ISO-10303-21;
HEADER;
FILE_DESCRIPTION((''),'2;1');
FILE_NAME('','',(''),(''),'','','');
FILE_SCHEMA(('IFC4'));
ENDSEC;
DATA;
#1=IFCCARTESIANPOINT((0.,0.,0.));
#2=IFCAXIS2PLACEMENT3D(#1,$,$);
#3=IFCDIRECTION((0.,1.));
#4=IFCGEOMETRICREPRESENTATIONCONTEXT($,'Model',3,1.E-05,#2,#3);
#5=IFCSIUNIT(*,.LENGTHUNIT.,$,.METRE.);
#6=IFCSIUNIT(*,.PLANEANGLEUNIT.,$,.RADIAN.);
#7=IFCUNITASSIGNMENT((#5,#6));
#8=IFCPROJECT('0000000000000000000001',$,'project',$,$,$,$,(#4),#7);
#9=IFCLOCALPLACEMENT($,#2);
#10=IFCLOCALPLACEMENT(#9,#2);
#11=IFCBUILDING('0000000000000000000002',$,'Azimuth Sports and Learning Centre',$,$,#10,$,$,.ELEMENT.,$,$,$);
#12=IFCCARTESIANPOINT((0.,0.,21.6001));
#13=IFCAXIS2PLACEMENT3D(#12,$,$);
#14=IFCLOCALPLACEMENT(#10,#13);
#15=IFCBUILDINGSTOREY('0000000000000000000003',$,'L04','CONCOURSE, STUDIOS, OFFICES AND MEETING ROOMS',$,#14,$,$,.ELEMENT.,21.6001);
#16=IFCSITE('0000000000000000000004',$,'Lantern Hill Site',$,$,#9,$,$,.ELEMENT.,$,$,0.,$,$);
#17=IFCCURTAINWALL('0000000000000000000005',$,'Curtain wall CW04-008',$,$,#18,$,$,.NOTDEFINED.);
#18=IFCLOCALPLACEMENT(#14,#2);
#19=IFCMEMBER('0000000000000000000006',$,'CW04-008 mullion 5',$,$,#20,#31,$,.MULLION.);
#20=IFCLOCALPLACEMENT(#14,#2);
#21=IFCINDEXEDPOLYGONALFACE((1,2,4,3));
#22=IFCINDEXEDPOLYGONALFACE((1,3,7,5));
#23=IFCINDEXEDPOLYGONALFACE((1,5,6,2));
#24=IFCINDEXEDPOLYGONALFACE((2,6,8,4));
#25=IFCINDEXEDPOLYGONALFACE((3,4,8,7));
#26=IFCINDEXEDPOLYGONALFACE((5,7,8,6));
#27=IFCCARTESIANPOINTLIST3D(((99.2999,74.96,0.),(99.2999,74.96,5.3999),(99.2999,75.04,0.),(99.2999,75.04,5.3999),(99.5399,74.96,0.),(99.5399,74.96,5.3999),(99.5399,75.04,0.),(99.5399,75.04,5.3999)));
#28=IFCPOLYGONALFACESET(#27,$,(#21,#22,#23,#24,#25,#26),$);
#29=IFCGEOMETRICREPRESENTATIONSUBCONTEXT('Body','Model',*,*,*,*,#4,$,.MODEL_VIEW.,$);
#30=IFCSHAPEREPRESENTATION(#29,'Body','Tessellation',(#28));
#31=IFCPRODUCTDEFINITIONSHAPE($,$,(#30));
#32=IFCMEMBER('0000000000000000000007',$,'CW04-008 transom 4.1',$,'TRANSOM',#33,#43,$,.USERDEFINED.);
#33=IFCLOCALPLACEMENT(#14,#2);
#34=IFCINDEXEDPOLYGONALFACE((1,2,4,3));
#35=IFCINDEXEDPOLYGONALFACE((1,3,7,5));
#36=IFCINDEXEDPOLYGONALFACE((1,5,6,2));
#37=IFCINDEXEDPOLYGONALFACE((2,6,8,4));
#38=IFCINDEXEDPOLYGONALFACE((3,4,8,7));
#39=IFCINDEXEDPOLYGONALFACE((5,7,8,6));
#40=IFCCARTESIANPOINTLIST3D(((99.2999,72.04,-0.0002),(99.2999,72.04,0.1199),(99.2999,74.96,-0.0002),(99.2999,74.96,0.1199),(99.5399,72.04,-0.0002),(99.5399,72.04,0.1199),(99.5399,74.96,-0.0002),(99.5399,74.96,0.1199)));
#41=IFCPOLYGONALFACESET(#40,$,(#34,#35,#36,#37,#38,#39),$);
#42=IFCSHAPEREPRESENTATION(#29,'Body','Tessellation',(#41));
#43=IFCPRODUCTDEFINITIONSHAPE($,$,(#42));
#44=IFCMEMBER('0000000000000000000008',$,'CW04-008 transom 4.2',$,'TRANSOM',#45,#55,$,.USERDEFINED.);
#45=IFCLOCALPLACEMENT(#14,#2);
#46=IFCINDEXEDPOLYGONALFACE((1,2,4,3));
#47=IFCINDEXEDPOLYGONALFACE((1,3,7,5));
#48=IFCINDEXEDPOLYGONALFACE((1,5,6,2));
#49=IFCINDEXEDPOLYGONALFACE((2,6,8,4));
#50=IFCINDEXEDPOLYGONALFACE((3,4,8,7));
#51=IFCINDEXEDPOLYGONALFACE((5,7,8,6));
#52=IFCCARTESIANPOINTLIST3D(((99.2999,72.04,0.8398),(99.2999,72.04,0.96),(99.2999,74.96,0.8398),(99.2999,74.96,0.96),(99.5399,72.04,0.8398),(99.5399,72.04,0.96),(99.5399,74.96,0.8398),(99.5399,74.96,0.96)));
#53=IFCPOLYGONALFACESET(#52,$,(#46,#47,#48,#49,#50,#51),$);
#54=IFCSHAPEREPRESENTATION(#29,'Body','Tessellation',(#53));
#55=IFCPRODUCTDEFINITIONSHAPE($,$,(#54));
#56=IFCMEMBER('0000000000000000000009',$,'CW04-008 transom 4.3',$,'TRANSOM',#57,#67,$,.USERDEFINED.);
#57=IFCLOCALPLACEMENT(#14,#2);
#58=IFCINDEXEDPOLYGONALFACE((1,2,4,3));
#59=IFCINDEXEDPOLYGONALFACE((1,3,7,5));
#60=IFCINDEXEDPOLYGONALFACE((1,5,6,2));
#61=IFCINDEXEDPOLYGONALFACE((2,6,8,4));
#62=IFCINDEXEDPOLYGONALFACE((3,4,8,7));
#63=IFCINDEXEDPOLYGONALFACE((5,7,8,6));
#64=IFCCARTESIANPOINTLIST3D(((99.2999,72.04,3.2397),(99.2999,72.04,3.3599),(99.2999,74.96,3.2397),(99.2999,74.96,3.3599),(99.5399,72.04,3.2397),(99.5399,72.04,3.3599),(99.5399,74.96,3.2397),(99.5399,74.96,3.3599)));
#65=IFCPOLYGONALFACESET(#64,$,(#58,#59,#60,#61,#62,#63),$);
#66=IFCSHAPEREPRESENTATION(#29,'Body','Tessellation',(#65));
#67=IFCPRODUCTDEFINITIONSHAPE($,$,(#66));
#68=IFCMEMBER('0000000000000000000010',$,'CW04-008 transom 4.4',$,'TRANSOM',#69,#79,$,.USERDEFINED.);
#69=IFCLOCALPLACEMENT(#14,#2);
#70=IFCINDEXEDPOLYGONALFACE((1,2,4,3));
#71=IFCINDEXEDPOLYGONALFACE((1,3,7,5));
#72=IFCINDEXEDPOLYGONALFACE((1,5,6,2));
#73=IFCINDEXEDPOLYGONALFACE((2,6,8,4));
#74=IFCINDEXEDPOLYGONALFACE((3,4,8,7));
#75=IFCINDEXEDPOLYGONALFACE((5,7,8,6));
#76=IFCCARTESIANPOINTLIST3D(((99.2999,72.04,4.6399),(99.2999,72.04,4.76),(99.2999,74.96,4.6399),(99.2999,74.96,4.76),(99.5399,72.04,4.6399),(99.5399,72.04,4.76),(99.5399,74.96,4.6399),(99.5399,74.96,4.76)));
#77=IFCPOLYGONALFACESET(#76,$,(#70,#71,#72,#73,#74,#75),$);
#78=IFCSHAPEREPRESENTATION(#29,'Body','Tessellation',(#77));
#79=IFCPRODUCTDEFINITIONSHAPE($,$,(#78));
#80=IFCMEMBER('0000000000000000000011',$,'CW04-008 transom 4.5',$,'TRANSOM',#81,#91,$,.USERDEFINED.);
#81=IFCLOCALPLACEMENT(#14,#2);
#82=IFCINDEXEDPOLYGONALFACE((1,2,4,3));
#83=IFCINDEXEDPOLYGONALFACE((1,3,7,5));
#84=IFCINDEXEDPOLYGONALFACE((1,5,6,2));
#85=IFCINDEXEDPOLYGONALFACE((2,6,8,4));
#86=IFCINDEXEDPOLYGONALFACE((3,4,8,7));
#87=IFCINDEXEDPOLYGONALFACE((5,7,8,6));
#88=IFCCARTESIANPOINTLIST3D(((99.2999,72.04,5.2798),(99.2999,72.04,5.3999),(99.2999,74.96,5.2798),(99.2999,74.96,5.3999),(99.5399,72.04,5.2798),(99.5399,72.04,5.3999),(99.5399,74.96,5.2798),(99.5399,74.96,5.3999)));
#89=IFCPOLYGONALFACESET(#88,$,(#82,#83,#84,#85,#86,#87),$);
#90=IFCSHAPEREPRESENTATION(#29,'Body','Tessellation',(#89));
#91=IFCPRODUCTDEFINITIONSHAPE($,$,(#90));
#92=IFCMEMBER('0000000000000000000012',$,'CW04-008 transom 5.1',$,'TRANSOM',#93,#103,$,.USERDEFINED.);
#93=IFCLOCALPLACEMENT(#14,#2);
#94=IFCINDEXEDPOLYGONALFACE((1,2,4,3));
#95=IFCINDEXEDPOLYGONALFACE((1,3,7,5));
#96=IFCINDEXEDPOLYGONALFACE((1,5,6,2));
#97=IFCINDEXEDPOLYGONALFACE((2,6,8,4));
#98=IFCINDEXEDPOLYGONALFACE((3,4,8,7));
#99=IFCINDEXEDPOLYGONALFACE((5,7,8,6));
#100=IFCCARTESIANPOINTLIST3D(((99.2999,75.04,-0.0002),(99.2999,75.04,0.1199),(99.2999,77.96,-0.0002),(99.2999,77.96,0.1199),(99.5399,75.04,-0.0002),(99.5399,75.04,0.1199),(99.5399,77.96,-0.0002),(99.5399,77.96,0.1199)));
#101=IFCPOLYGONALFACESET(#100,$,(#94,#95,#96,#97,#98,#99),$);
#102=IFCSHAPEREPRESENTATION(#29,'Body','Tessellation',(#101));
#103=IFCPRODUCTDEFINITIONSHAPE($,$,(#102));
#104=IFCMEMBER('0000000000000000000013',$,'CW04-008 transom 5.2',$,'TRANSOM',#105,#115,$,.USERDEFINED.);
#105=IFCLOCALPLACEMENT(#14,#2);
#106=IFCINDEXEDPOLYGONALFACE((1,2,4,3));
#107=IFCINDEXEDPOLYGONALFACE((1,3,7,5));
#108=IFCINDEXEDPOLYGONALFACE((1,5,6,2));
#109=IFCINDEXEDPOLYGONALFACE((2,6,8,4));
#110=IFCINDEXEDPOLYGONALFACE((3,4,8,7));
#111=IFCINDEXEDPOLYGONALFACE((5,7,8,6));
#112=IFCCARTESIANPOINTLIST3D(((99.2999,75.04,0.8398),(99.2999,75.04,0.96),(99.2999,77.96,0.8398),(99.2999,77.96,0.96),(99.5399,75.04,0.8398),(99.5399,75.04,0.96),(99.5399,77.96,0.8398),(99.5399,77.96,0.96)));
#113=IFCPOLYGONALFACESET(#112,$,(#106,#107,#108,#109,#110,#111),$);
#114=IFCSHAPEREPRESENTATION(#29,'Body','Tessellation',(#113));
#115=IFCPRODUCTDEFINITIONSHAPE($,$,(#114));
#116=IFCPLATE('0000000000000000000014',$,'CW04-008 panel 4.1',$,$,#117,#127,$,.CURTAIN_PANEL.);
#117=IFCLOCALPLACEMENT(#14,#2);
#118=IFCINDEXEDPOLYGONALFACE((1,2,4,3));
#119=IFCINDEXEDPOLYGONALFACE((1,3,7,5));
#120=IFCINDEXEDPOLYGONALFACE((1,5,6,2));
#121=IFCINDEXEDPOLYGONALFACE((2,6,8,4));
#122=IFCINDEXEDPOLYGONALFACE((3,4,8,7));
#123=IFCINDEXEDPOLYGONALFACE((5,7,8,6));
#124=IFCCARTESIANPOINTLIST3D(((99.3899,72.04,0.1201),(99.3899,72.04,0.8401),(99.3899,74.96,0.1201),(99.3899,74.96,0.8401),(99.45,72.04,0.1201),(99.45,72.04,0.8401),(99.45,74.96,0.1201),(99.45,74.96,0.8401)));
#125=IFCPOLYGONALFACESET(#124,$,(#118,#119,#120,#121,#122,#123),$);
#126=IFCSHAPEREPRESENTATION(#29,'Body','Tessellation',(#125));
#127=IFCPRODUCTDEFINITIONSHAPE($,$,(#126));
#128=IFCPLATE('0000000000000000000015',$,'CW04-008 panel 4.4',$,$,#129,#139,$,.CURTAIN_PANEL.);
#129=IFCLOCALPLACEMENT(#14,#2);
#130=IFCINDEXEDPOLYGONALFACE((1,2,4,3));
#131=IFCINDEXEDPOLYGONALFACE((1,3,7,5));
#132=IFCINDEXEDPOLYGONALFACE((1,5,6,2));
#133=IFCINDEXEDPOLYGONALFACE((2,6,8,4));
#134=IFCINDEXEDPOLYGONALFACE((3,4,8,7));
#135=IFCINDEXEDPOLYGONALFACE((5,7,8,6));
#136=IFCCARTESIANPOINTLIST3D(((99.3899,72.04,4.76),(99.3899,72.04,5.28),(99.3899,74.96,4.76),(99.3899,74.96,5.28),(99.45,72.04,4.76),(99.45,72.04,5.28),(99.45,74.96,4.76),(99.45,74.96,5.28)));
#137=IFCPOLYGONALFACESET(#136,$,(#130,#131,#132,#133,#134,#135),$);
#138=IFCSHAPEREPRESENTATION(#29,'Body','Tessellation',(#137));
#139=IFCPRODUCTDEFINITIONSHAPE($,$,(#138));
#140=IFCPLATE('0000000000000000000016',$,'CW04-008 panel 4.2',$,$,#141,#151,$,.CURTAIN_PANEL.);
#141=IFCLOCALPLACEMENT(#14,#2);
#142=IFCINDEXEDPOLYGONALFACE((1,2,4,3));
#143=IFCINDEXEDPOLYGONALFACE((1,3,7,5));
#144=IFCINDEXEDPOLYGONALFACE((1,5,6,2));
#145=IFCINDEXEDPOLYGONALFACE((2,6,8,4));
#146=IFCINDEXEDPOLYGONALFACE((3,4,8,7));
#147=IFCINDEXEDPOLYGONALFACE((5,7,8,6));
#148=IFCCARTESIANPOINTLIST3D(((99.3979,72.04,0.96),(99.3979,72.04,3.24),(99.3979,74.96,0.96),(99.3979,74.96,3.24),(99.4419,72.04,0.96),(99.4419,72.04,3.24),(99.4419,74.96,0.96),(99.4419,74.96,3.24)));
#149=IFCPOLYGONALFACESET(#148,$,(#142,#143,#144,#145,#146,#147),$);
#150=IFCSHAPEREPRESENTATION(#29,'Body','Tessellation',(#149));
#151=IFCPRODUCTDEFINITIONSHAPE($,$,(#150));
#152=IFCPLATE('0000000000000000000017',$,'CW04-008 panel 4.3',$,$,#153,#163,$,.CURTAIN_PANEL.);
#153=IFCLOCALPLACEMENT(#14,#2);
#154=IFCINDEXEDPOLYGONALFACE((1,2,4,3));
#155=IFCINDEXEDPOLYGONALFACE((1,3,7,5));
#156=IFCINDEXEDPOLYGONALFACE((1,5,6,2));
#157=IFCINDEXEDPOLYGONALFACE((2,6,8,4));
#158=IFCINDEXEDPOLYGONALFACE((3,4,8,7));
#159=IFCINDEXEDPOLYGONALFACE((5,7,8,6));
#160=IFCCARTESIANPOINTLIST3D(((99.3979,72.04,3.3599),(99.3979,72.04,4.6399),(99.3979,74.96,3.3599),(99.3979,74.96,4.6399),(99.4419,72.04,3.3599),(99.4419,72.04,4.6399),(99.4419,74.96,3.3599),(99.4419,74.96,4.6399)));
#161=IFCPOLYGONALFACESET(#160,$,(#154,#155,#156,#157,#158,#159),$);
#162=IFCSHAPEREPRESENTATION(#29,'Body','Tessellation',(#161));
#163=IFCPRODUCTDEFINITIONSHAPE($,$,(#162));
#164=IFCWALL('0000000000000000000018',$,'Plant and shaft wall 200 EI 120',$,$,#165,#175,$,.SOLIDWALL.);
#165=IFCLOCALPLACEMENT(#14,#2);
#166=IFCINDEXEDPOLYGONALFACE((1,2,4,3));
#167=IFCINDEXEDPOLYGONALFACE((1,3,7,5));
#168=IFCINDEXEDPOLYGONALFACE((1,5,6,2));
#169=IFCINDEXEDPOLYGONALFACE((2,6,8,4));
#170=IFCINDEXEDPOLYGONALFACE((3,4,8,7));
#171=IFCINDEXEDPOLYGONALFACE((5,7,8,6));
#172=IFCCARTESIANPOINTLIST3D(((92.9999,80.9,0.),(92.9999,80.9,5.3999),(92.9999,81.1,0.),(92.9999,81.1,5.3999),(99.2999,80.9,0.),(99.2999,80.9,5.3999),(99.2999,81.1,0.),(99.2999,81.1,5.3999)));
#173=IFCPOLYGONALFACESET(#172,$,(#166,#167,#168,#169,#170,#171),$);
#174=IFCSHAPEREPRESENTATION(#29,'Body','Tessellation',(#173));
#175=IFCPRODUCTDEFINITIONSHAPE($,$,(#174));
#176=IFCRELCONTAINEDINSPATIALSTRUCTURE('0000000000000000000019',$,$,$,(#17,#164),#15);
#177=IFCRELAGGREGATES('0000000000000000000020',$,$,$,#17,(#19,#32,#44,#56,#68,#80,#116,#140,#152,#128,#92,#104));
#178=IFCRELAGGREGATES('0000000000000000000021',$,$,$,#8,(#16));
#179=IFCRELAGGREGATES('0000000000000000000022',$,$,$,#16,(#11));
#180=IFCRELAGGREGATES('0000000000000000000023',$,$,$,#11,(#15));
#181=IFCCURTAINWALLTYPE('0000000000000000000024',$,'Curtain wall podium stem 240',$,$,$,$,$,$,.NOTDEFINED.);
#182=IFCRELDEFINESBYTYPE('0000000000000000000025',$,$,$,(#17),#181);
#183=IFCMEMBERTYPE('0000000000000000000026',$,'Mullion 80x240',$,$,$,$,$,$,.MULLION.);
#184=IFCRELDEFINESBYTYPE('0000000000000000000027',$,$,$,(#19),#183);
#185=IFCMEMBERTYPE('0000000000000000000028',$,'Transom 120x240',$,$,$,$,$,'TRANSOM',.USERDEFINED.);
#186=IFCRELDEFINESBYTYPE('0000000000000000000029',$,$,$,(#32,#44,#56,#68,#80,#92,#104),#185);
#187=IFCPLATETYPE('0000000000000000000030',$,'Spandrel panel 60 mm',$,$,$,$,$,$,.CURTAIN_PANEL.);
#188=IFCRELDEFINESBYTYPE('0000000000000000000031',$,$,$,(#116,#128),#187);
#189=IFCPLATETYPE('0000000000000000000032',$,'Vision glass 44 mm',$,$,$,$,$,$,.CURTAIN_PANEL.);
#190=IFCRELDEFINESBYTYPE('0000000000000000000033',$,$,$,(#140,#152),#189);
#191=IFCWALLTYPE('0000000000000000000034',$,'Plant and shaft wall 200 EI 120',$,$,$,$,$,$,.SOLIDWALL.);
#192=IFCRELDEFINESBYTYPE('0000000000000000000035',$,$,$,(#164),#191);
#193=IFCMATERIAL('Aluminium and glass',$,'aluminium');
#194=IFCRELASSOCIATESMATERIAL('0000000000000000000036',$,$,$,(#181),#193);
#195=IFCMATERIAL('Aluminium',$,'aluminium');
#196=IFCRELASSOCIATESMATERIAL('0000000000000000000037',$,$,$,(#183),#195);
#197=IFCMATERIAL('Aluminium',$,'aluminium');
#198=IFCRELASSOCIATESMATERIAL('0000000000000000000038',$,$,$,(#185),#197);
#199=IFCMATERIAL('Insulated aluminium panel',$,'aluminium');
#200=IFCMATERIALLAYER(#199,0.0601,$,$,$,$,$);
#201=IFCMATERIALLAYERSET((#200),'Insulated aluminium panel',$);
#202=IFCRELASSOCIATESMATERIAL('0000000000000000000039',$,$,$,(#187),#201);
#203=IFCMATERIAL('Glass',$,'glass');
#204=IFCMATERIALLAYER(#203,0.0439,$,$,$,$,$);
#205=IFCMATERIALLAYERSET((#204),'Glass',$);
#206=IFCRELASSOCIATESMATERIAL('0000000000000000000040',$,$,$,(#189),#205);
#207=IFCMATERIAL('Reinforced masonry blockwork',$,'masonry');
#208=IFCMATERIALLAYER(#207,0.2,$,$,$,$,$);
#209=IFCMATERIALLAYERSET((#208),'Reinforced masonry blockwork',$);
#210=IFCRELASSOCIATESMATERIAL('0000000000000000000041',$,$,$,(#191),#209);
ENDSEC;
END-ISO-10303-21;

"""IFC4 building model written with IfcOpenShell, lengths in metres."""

from ifc_helpers import new_model, si_unit, direction, frame, frame_2d, origin, origin_2d, place, context, subcontext, project, spatial, rectangle, extrude, material, layer, layer_set, material_profile, profile_set, type_object, element, aggregate, save


model = new_model("IFC4")

# Units and contexts
model_context = context("Model", 3, precision=1e-05, world=origin(), true_north=direction((0.0, 1.0)))
body_context = subcontext(model_context, "Body", "Model", "MODEL_VIEW")
ifc_project = project(units=[si_unit("LENGTHUNIT", "METRE"), si_unit("PLANEANGLEUNIT", "RADIAN")], contexts=[model_context])

# Site, building, storey
site_placement = place(None, origin())
site = spatial("IfcSite", under=ifc_project, at=site_placement, Name="Lantern Hill Site", CompositionType="ELEMENT", RefElevation=0.0)
building_placement = place(site_placement, origin())
building = spatial("IfcBuilding", under=site, at=building_placement, Name="Azimuth Sports and Learning Centre", CompositionType="ELEMENT")
storey_placement = place(building_placement, frame((0.0, 0.0, 21.6001)))
storey = spatial("IfcBuildingStorey", under=building, at=storey_placement, Name="L04", Description="CONCOURSE, STUDIOS, OFFICES AND MEETING ROOMS", CompositionType="ELEMENT", Elevation=21.6001)

# Curtain wall, members, plates
ifc_material_1 = material(Name="Aluminium and glass", Category="aluminium")
curtain_wall_type = type_object("IfcCurtainWallType", Name="Curtain wall podium stem 240", PredefinedType="NOTDEFINED", material=ifc_material_1)
curtain_wall_placement = place(storey_placement, origin())
curtain_wall = element("IfcCurtainWall", 1, at=curtain_wall_placement, inside=storey, type_object=curtain_wall_type, Name="Curtain wall CW04-008", PredefinedType="NOTDEFINED")
ifc_material_2 = material(Name="Aluminium", Category="aluminium")
ifc_material_profile_1 = material_profile(ifc_material_2, rectangle(XDim=0.24, YDim=0.0801, at=origin_2d()), Name="Mullion 80x240")
ifc_profile_set_1 = profile_set([ifc_material_profile_1], Name="Aluminium")
member_type_1 = type_object("IfcMemberType", Name="Mullion 80x240", PredefinedType="MULLION", material=ifc_profile_set_1)
member_1_placement = place(storey_placement, frame((99.4199, 75.0, 0.0), z_axis=(0.0, 0.0, 1.0), x_axis=(-1.0, 0.0, 0.0)))
member_1 = element("IfcMember", 2, at=member_1_placement, type_object=member_type_1, Name="CW04-008 mullion 5", PredefinedType="MULLION", context=body_context, shape_type="SweptSolid", body=[
    extrude(rectangle(XDim=0.24, YDim=0.0801, at=origin_2d()), origin(), (0.0, 0.0, 1.0), 5.3999),
])
ifc_material_3 = material(Name="Aluminium", Category="aluminium")
ifc_material_profile_2 = material_profile(ifc_material_3, rectangle(XDim=0.24, YDim=0.1201, at=origin_2d()), Name="Transom 120x240")
ifc_profile_set_2 = profile_set([ifc_material_profile_2], Name="Aluminium")
member_type_2 = type_object("IfcMemberType", Name="Transom 120x240", ElementType="TRANSOM", PredefinedType="USERDEFINED", material=ifc_profile_set_2)
member_2_placement = place(storey_placement, frame((99.4199, 72.04, 0.0598), z_axis=(0.0, 1.0, 0.0), x_axis=(-1.0, 0.0, 0.0)))
member_2 = element("IfcMember", 3, at=member_2_placement, type_object=member_type_2, Name="CW04-008 transom 4.1", ObjectType="TRANSOM", PredefinedType="USERDEFINED", context=body_context, shape_type="SweptSolid", body=[
    extrude(rectangle(XDim=0.24, YDim=0.1201, at=origin_2d()), origin(), (0.0, 0.0, 1.0), 2.9199),
])
member_3_placement = place(storey_placement, frame((99.4199, 72.04, 0.8999), z_axis=(0.0, 1.0, 0.0), x_axis=(-1.0, 0.0, 0.0)))
member_3 = element("IfcMember", 4, at=member_3_placement, type_object=member_type_2, Name="CW04-008 transom 4.2", ObjectType="TRANSOM", PredefinedType="USERDEFINED", context=body_context, shape_type="SweptSolid", body=[
    extrude(rectangle(XDim=0.24, YDim=0.1201, at=origin_2d()), origin(), (0.0, 0.0, 1.0), 2.9199),
])
member_4_placement = place(storey_placement, frame((99.4199, 72.04, 3.2998), z_axis=(0.0, 1.0, 0.0), x_axis=(-1.0, 0.0, 0.0)))
member_4 = element("IfcMember", 5, at=member_4_placement, type_object=member_type_2, Name="CW04-008 transom 4.3", ObjectType="TRANSOM", PredefinedType="USERDEFINED", context=body_context, shape_type="SweptSolid", body=[
    extrude(rectangle(XDim=0.24, YDim=0.1201, at=origin_2d()), origin(), (0.0, 0.0, 1.0), 2.9199),
])
member_5_placement = place(storey_placement, frame((99.4199, 72.04, 4.7), z_axis=(0.0, 1.0, 0.0), x_axis=(-1.0, 0.0, 0.0)))
member_5 = element("IfcMember", 6, at=member_5_placement, type_object=member_type_2, Name="CW04-008 transom 4.4", ObjectType="TRANSOM", PredefinedType="USERDEFINED", context=body_context, shape_type="SweptSolid", body=[
    extrude(rectangle(XDim=0.24, YDim=0.1201, at=origin_2d()), origin(), (0.0, 0.0, 1.0), 2.9199),
])
member_6_placement = place(storey_placement, frame((99.4199, 72.04, 5.3398), z_axis=(0.0, 1.0, 0.0), x_axis=(-1.0, 0.0, 0.0)))
member_6 = element("IfcMember", 7, at=member_6_placement, type_object=member_type_2, Name="CW04-008 transom 4.5", ObjectType="TRANSOM", PredefinedType="USERDEFINED", context=body_context, shape_type="SweptSolid", body=[
    extrude(rectangle(XDim=0.24, YDim=0.1201, at=origin_2d()), origin(), (0.0, 0.0, 1.0), 2.9199),
])
member_7_placement = place(storey_placement, frame((99.4199, 75.04, 0.0598), z_axis=(0.0, 1.0, 0.0), x_axis=(-1.0, 0.0, 0.0)))
member_7 = element("IfcMember", 8, at=member_7_placement, type_object=member_type_2, Name="CW04-008 transom 5.1", ObjectType="TRANSOM", PredefinedType="USERDEFINED", context=body_context, shape_type="SweptSolid", body=[
    extrude(rectangle(XDim=0.24, YDim=0.1201, at=origin_2d()), origin(), (0.0, 0.0, 1.0), 2.9199),
])
member_8_placement = place(storey_placement, frame((99.4199, 75.04, 0.8999), z_axis=(0.0, 1.0, 0.0), x_axis=(-1.0, 0.0, 0.0)))
member_8 = element("IfcMember", 9, at=member_8_placement, type_object=member_type_2, Name="CW04-008 transom 5.2", ObjectType="TRANSOM", PredefinedType="USERDEFINED", context=body_context, shape_type="SweptSolid", body=[
    extrude(rectangle(XDim=0.24, YDim=0.1201, at=origin_2d()), origin(), (0.0, 0.0, 1.0), 2.9199),
])
ifc_material_4 = material(Name="Insulated aluminium panel", Category="aluminium")
ifc_layer_1 = layer(ifc_material_4, 0.0601)
ifc_layer_set_1 = layer_set([ifc_layer_1], Name="Insulated aluminium panel")
plate_type_1 = type_object("IfcPlateType", Name="Spandrel panel 60 mm", PredefinedType="CURTAIN_PANEL", material=ifc_layer_set_1)
plate_1_placement = place(storey_placement, frame((99.4199, 73.5, 0.1201), z_axis=(0.0, 0.0, 1.0), x_axis=(0.0, 1.0, 0.0)))
plate_1 = element("IfcPlate", 10, at=plate_1_placement, type_object=plate_type_1, Name="CW04-008 panel 4.1", PredefinedType="CURTAIN_PANEL", context=body_context, shape_type="SweptSolid", body=[
    extrude(rectangle(XDim=2.9199, YDim=0.0601, at=origin_2d()), origin(), (0.0, 0.0, 1.0), 0.72),
])
plate_2_placement = place(storey_placement, frame((99.4199, 73.5, 4.76), z_axis=(0.0, 0.0, 1.0), x_axis=(0.0, 1.0, 0.0)))
plate_2 = element("IfcPlate", 11, at=plate_2_placement, type_object=plate_type_1, Name="CW04-008 panel 4.4", PredefinedType="CURTAIN_PANEL", context=body_context, shape_type="SweptSolid", body=[
    extrude(rectangle(XDim=2.9199, YDim=0.0601, at=origin_2d()), origin(), (0.0, 0.0, 1.0), 0.52),
])
ifc_material_5 = material(Name="Glass", Category="glass")
ifc_layer_2 = layer(ifc_material_5, 0.0439)
ifc_layer_set_2 = layer_set([ifc_layer_2], Name="Glass")
plate_type_2 = type_object("IfcPlateType", Name="Vision glass 44 mm", PredefinedType="CURTAIN_PANEL", material=ifc_layer_set_2)
plate_3_placement = place(storey_placement, frame((99.4199, 73.5, 0.96), z_axis=(0.0, 0.0, 1.0), x_axis=(0.0, 1.0, 0.0)))
plate_3 = element("IfcPlate", 12, at=plate_3_placement, type_object=plate_type_2, Name="CW04-008 panel 4.2", PredefinedType="CURTAIN_PANEL", context=body_context, shape_type="SweptSolid", body=[
    extrude(rectangle(XDim=2.9199, YDim=0.0439, at=origin_2d()), origin(), (0.0, 0.0, 1.0), 2.28),
])
plate_4_placement = place(storey_placement, frame((99.4199, 73.5, 3.3599), z_axis=(0.0, 0.0, 1.0), x_axis=(0.0, 1.0, 0.0)))
plate_4 = element("IfcPlate", 13, at=plate_4_placement, type_object=plate_type_2, Name="CW04-008 panel 4.3", PredefinedType="CURTAIN_PANEL", context=body_context, shape_type="SweptSolid", body=[
    extrude(rectangle(XDim=2.9199, YDim=0.0439, at=origin_2d()), origin(), (0.0, 0.0, 1.0), 1.28),
])
aggregate(curtain_wall, [member_1, member_2, member_3, member_4, member_5, member_6, plate_1, plate_3, plate_4, plate_2, member_7, member_8])

# Wall
ifc_material_6 = material(Name="Reinforced masonry blockwork", Category="masonry")
ifc_layer_3 = layer(ifc_material_6, 0.2)
ifc_layer_set_3 = layer_set([ifc_layer_3], Name="Reinforced masonry blockwork")
wall_type_1 = type_object("IfcWallType", Name="Plant and shaft wall 200 EI 120", PredefinedType="SOLIDWALL", material=ifc_layer_set_3)
wall_1_placement = place(storey_placement, frame((93.0, 81.0, 0.0), z_axis=(0.0, 0.0, 1.0), x_axis=(1.0, 0.0, 0.0)))
element("IfcWall", 14, at=wall_1_placement, inside=storey, type_object=wall_type_1, Name="Plant and shaft wall 200 EI 120", PredefinedType="SOLIDWALL", context=body_context, shape_type="SweptSolid", body=[
    extrude(rectangle(XDim=6.3, YDim=0.2, at=frame_2d((3.1499, 0.0))), origin(), (0.0, 0.0, 1.0), 5.3999),
])

save(model, "model.ifc")
